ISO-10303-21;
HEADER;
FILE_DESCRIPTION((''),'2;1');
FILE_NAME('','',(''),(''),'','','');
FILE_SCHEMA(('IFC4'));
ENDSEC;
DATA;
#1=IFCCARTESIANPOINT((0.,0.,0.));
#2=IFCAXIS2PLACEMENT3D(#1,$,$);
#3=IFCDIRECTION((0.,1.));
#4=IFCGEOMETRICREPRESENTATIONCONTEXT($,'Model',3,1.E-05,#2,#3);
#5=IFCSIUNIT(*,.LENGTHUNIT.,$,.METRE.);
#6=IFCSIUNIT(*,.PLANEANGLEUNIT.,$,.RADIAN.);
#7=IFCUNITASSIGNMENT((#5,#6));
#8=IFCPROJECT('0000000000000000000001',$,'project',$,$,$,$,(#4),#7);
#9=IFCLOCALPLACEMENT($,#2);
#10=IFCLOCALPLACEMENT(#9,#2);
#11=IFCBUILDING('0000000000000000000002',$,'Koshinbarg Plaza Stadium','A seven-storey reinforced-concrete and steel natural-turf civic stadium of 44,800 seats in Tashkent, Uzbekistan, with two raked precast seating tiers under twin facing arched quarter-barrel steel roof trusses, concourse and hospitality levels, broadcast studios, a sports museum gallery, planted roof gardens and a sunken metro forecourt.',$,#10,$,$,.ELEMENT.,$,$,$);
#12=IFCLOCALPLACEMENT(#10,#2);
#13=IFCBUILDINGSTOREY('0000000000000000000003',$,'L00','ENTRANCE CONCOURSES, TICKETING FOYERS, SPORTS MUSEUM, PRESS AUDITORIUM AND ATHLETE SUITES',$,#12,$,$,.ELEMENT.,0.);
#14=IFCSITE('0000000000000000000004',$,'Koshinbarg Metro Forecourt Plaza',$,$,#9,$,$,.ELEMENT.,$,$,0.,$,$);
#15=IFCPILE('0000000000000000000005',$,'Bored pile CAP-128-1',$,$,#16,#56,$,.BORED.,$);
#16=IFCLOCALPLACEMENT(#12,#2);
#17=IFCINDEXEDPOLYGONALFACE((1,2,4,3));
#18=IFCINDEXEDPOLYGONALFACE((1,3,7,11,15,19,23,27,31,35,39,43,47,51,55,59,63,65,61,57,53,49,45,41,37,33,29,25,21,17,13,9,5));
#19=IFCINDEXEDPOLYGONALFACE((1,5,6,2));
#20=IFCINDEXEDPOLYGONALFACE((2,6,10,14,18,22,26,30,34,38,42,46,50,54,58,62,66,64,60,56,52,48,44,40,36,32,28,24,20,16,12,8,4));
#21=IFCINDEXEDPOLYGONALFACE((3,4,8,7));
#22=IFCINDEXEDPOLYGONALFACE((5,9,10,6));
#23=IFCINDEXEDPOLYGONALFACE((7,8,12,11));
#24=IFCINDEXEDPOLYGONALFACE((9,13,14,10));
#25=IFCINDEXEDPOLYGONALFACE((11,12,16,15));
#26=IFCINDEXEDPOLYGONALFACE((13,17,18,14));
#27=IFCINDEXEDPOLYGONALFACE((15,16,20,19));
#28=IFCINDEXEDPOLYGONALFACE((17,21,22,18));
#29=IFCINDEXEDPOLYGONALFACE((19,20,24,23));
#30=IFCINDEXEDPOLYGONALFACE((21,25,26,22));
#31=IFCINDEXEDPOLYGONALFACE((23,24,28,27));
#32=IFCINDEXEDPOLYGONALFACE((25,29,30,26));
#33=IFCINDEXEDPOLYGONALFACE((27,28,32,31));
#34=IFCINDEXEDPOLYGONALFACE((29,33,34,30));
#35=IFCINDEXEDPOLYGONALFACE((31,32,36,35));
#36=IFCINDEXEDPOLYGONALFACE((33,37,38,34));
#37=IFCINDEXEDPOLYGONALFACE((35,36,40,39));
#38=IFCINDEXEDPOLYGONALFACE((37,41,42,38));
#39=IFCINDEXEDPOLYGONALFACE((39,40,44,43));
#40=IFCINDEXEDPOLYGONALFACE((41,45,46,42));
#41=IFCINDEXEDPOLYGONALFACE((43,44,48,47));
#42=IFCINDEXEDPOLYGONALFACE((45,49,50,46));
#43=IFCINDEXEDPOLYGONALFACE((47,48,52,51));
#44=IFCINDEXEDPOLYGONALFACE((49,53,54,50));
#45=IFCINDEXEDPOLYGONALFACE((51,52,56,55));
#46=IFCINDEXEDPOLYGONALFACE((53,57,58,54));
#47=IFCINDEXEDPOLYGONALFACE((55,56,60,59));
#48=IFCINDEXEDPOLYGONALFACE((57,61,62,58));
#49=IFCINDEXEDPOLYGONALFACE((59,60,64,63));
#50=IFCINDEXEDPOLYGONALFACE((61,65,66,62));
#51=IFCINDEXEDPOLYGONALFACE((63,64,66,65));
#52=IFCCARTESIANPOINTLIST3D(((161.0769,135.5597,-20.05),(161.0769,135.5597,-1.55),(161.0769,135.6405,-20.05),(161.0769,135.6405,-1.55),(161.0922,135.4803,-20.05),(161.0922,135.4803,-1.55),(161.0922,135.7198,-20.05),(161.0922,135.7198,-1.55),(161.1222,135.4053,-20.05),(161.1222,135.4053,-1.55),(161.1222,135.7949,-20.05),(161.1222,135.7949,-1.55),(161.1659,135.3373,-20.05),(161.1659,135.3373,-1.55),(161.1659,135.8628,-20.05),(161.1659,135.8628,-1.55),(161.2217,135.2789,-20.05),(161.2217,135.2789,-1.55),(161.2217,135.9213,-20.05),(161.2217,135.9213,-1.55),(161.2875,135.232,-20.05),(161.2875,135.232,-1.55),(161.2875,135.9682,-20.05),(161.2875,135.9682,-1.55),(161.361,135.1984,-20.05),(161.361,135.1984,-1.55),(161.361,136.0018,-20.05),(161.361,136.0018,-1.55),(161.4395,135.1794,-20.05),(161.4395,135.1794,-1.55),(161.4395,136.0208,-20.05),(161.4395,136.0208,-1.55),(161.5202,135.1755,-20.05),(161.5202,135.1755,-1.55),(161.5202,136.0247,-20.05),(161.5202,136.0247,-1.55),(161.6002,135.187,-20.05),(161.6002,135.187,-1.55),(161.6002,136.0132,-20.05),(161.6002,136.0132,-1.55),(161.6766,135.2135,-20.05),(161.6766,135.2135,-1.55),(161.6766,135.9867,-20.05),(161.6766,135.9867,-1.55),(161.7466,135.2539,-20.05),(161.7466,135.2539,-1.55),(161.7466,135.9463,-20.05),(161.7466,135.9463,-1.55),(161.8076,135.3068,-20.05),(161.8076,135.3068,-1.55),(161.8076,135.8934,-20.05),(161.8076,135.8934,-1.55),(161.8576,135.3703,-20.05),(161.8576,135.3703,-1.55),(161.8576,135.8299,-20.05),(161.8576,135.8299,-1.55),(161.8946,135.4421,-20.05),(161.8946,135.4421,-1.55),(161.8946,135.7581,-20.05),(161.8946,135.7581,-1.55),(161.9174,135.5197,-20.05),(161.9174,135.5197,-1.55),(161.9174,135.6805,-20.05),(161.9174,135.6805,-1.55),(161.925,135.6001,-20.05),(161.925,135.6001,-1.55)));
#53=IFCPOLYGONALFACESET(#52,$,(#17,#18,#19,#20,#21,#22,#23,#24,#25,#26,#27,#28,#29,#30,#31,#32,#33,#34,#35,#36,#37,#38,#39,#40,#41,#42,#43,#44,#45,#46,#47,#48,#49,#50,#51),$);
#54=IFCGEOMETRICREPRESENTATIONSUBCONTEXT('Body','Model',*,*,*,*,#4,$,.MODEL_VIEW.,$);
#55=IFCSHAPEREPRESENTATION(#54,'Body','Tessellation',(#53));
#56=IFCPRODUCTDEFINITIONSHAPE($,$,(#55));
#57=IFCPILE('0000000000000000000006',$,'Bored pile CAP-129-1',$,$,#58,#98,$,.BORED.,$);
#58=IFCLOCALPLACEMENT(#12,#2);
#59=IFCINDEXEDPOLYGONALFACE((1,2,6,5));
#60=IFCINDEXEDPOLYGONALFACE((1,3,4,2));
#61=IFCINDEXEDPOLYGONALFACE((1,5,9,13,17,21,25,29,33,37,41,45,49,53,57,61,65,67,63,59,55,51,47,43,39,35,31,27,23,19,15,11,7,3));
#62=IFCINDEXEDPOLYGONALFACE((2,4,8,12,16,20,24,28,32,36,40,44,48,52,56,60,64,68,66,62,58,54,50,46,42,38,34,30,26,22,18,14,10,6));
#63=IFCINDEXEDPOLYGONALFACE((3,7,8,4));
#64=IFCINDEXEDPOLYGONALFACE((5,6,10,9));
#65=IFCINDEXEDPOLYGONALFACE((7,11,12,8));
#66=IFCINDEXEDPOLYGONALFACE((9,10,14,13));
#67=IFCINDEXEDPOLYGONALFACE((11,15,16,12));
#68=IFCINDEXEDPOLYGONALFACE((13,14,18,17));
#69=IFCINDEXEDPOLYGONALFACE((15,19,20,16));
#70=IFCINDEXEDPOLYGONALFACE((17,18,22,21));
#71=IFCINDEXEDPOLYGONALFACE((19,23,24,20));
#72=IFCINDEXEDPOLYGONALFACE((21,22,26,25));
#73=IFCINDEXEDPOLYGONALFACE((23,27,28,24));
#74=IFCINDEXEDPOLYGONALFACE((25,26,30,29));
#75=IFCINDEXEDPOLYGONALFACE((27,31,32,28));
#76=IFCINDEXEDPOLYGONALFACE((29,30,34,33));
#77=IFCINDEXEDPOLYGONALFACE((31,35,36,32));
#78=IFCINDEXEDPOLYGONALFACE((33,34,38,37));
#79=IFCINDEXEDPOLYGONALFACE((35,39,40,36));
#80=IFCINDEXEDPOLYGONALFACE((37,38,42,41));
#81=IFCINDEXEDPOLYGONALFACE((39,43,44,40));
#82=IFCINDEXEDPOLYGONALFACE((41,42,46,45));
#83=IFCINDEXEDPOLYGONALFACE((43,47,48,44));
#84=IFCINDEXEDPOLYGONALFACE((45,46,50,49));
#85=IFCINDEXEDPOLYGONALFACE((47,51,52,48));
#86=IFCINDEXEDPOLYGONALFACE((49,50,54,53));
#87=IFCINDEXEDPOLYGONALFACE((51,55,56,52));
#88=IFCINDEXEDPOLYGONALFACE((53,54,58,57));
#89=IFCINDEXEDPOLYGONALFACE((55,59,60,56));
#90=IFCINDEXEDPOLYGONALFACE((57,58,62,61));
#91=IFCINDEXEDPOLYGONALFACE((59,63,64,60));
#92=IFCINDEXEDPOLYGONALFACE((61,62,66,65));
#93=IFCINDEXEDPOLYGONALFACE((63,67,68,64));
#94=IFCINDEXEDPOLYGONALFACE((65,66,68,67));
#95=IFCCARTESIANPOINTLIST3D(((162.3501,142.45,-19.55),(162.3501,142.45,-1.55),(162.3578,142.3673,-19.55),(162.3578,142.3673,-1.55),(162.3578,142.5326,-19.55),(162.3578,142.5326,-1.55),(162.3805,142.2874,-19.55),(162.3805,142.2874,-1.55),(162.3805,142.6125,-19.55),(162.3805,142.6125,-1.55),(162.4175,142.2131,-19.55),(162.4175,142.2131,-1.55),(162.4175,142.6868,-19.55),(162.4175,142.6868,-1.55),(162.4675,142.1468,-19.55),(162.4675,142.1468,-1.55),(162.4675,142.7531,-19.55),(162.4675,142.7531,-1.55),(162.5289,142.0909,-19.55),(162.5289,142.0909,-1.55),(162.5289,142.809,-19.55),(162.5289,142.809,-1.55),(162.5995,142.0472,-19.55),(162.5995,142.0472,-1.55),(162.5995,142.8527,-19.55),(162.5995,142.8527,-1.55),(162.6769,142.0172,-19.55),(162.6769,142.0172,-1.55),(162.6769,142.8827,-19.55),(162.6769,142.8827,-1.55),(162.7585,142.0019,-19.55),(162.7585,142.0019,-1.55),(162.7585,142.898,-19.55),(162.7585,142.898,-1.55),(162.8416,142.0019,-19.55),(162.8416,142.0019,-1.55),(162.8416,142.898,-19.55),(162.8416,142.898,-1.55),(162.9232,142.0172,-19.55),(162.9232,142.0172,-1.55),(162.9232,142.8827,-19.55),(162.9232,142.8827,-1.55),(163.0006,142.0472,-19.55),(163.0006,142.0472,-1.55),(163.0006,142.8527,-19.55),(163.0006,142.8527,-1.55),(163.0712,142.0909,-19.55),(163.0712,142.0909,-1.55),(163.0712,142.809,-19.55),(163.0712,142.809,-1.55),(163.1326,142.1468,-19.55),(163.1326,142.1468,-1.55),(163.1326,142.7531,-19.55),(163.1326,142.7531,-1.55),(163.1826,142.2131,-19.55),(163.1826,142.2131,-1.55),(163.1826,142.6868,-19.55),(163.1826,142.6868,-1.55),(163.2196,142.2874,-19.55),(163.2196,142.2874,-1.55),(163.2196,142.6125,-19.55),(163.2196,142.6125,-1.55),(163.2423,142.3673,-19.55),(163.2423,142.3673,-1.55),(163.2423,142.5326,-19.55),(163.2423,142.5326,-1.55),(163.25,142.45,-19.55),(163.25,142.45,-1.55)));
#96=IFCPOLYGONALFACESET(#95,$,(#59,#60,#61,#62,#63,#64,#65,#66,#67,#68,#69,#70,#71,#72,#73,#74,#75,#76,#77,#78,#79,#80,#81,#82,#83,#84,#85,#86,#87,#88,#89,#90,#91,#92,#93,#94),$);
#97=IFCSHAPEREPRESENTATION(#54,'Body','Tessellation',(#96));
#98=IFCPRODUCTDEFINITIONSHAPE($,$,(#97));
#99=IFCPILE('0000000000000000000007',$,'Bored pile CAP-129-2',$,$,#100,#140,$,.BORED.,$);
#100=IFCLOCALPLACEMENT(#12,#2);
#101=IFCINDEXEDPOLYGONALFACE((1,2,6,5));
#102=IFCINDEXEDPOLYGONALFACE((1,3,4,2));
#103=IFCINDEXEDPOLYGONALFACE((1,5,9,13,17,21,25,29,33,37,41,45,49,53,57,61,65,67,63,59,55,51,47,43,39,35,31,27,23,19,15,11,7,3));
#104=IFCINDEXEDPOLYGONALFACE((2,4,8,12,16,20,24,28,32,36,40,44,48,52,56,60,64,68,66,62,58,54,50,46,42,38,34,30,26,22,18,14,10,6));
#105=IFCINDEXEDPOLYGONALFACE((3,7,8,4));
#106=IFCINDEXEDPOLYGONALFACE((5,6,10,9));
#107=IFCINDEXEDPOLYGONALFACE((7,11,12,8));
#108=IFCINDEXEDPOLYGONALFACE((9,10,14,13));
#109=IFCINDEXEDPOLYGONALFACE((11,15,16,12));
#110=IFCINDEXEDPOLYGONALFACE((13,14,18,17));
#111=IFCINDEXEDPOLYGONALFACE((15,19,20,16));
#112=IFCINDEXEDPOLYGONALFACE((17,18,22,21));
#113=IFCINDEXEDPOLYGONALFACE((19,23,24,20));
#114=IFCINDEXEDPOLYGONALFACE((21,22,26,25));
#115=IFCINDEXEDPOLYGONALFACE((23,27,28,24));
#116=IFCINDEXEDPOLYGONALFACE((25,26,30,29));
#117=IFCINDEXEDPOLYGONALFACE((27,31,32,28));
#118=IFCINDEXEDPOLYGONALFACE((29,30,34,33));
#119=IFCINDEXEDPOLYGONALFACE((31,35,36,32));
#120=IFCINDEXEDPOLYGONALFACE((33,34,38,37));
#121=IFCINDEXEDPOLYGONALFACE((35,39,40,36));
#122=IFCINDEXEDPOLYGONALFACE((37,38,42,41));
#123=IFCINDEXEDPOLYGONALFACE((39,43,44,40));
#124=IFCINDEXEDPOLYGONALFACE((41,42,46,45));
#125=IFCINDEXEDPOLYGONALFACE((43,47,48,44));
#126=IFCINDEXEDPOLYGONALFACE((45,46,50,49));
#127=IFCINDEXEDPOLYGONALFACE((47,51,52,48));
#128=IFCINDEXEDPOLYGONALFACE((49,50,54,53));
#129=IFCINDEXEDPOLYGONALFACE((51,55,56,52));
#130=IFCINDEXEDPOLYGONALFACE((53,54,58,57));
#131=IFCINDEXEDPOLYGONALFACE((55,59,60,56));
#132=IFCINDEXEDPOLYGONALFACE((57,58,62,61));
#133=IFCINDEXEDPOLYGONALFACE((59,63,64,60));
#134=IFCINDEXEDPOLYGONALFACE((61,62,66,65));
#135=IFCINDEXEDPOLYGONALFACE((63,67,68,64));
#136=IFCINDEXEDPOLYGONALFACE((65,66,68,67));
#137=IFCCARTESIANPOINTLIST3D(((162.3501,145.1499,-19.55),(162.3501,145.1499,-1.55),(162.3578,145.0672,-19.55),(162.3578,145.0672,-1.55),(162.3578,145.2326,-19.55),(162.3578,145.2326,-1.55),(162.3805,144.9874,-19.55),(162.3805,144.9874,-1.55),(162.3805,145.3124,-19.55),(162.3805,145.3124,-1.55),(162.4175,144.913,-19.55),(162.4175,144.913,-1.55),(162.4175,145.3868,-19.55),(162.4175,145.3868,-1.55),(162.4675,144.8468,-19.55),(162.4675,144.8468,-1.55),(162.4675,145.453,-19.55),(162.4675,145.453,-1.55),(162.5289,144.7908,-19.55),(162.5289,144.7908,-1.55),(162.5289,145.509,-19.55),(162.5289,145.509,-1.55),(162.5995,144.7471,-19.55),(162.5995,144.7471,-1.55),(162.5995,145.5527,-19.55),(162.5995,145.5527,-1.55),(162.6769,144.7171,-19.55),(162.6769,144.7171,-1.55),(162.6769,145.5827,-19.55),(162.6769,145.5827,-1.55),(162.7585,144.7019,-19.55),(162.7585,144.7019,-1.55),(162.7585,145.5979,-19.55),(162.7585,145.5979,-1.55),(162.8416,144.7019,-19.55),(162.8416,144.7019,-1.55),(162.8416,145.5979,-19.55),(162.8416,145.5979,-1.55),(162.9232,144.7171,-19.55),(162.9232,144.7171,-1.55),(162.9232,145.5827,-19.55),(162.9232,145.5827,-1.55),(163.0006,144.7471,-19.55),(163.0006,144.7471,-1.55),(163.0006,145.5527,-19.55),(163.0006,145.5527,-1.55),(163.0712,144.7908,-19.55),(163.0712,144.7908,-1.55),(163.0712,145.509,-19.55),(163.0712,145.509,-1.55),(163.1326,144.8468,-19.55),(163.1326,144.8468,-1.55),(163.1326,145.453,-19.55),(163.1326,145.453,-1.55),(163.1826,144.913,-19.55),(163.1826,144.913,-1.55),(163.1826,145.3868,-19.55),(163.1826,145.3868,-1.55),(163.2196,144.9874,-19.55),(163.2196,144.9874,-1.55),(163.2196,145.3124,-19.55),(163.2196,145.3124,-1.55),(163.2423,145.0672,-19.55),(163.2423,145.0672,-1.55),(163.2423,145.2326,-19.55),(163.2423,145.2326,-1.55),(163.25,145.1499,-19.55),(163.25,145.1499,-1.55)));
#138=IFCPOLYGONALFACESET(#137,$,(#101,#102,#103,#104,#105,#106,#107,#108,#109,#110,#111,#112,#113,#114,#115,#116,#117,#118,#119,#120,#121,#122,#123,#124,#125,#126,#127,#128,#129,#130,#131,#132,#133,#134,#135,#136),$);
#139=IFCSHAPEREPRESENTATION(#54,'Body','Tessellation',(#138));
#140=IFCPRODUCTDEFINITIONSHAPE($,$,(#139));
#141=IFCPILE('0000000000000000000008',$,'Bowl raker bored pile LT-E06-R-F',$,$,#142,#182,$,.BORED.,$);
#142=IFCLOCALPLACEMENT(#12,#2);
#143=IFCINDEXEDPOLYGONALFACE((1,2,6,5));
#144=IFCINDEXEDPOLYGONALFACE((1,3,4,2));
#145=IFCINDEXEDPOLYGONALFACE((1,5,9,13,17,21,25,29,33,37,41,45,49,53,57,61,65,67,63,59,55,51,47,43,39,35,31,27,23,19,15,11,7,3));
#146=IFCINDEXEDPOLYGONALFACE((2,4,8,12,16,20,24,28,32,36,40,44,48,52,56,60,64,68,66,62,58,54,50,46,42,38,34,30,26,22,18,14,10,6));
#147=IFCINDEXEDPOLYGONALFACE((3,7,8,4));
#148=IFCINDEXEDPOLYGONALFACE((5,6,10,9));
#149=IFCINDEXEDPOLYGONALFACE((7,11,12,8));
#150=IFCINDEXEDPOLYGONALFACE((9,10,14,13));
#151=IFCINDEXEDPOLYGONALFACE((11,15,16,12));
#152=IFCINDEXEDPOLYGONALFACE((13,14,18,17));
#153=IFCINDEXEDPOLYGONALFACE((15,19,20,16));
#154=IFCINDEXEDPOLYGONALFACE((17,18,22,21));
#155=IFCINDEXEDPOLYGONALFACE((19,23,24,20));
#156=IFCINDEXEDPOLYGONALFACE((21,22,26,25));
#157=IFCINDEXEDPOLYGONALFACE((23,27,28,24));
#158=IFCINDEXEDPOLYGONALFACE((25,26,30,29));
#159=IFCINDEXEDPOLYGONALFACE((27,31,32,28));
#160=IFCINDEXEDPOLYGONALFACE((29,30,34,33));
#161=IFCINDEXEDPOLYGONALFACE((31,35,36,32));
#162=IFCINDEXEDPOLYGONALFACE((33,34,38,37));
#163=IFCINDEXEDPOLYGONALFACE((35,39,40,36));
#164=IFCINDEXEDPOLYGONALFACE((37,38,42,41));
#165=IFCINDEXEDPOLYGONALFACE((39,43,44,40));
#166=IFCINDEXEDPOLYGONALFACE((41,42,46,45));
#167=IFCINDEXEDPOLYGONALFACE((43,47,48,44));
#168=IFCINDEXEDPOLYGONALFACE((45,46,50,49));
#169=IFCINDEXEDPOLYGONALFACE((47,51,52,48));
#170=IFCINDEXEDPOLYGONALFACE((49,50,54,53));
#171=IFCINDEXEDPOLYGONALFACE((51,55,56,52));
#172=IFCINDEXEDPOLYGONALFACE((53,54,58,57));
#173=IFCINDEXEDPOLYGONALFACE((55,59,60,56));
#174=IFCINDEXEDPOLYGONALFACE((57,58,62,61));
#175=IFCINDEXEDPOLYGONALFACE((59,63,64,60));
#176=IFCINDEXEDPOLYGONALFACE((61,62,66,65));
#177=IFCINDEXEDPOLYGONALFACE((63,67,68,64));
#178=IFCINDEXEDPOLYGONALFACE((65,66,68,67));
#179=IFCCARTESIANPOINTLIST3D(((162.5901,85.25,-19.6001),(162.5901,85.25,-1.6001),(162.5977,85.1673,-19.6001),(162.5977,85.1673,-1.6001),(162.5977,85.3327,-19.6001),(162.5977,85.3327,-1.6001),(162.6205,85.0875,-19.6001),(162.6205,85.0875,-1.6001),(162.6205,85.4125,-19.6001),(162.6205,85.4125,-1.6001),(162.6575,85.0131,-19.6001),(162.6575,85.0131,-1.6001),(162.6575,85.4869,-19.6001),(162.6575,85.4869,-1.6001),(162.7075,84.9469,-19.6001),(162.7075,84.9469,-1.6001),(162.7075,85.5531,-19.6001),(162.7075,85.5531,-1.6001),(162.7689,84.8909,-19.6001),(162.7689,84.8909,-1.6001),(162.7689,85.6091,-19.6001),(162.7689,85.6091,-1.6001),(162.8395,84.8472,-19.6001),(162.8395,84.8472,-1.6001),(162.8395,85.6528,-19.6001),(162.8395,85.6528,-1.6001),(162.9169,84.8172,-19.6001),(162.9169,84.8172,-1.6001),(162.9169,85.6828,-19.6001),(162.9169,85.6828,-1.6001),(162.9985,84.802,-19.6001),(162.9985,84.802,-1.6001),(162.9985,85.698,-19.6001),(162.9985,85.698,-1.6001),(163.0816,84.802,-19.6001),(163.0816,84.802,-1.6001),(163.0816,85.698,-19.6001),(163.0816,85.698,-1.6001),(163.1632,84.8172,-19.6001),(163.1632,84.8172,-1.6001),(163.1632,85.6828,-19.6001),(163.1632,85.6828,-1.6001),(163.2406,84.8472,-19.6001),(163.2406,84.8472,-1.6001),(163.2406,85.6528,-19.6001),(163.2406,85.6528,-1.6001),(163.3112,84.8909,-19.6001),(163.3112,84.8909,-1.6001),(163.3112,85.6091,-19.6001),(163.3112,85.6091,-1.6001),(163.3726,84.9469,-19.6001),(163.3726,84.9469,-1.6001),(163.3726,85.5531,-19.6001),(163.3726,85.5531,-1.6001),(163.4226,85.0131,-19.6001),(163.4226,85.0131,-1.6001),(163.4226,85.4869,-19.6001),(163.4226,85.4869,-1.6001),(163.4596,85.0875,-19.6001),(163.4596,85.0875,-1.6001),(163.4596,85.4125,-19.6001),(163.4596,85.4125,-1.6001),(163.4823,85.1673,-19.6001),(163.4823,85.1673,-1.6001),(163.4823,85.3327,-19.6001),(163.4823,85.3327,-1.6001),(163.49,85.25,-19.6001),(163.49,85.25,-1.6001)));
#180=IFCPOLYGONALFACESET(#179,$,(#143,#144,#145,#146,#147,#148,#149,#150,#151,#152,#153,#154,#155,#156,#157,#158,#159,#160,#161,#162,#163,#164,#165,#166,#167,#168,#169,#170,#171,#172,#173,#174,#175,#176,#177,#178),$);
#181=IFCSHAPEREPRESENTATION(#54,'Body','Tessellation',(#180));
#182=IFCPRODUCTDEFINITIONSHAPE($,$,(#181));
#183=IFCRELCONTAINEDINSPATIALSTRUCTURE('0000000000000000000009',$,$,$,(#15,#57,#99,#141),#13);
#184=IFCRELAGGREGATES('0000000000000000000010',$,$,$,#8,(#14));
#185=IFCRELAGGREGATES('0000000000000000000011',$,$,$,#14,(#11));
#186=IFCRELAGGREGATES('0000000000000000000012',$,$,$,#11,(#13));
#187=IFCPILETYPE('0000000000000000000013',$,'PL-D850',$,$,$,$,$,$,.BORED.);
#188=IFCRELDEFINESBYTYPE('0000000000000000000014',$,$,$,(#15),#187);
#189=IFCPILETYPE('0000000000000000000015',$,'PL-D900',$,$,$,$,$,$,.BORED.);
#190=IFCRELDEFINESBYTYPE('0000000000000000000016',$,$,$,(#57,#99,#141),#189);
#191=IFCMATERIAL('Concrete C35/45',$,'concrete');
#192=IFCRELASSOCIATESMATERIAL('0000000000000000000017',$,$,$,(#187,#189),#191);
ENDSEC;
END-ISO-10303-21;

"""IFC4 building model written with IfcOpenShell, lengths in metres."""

from ifc_helpers import new_model, si_unit, direction, frame, origin, origin_2d, place, context, subcontext, project, spatial, circle, extrude, material, material_profile, profile_set, type_object, element, save


model = new_model("IFC4")

# Units and contexts
model_context = context("Model", 3, precision=1e-05, world=origin(), true_north=direction((0.0, 1.0)))
body_context = subcontext(model_context, "Body", "Model", "MODEL_VIEW")
ifc_project = project(units=[si_unit("LENGTHUNIT", "METRE"), si_unit("PLANEANGLEUNIT", "RADIAN")], contexts=[model_context])

# Site, building, storey
site_placement = place(None, origin())
site = spatial("IfcSite", under=ifc_project, at=site_placement, Name="Koshinbarg Metro Forecourt Plaza", CompositionType="ELEMENT", RefElevation=0.0)
building_placement = place(site_placement, origin())
building = spatial("IfcBuilding", under=site, at=building_placement, Name="Koshinbarg Plaza Stadium", Description="A seven-storey reinforced-concrete and steel natural-turf civic stadium of 44,800 seats in Tashkent, Uzbekistan, with two raked precast seating tiers under twin facing arched quarter-barrel steel roof trusses, concourse and hospitality levels, broadcast studios, a sports museum gallery, planted roof gardens and a sunken metro forecourt.", CompositionType="ELEMENT")
storey_placement = place(building_placement, origin())
storey = spatial("IfcBuildingStorey", under=building, at=storey_placement, Name="L00", Description="ENTRANCE CONCOURSES, TICKETING FOYERS, SPORTS MUSEUM, PRESS AUDITORIUM AND ATHLETE SUITES", CompositionType="ELEMENT", Elevation=0.0)

# Shared definitions
ifc_material_1 = material(Name="Concrete C35/45", Category="concrete")

# Piles
ifc_material_profile_1 = material_profile(ifc_material_1, circle(Radius=0.425, at=origin_2d()), Name="PILE D850")
ifc_profile_set_1 = profile_set([ifc_material_profile_1], Name="Concrete C35/45")
pile_type_1 = type_object("IfcPileType", Name="PL-D850", PredefinedType="BORED", material=ifc_profile_set_1)
pile_1_placement = place(storey_placement, frame((161.5, 135.6001, -1.55), z_axis=(0.0, 0.0, -1.0), x_axis=(1.0, 0.0, 0.0)))
element("IfcPile", 1, at=pile_1_placement, inside=storey, type_object=pile_type_1, Name="Bored pile CAP-128-1", PredefinedType="BORED", context=body_context, shape_type="SweptSolid", body=[
    extrude(circle(Radius=0.425, at=origin_2d()), origin(), (0.0, 0.0, 1.0), 18.5),
])
ifc_material_profile_2 = material_profile(ifc_material_1, circle(Radius=0.45, at=origin_2d()), Name="PILE D900")
ifc_profile_set_2 = profile_set([ifc_material_profile_2], Name="Concrete C35/45")
pile_type_2 = type_object("IfcPileType", Name="PL-D900", PredefinedType="BORED", material=ifc_profile_set_2)
for number, where, z_axis, x_axis, name in (
    (2, (162.8, 142.45, -1.55), (0.0, 0.0, -1.0), (1.0, 0.0, 0.0), "Bored pile CAP-129-1"),
    (3, (162.8, 145.1499, -1.55), (0.0, 0.0, -1.0), (1.0, 0.0, 0.0), "Bored pile CAP-129-2"),
    (4, (163.04, 85.25, -1.6001), (0.0, 0.0, -1.0), (1.0, 0.0, 0.0), "Bowl raker bored pile LT-E06-R-F"),
):
    element("IfcPile", number, at=place(storey_placement, frame(where, z_axis=z_axis, x_axis=x_axis)), inside=storey, type_object=pile_type_2, Name=name, PredefinedType="BORED", context=body_context, shape_type="SweptSolid", body=[
        extrude(circle(Radius=0.45, at=origin_2d()), origin(), (0.0, 0.0, 1.0), 18.0),
    ])

save(model, "model.ifc")
